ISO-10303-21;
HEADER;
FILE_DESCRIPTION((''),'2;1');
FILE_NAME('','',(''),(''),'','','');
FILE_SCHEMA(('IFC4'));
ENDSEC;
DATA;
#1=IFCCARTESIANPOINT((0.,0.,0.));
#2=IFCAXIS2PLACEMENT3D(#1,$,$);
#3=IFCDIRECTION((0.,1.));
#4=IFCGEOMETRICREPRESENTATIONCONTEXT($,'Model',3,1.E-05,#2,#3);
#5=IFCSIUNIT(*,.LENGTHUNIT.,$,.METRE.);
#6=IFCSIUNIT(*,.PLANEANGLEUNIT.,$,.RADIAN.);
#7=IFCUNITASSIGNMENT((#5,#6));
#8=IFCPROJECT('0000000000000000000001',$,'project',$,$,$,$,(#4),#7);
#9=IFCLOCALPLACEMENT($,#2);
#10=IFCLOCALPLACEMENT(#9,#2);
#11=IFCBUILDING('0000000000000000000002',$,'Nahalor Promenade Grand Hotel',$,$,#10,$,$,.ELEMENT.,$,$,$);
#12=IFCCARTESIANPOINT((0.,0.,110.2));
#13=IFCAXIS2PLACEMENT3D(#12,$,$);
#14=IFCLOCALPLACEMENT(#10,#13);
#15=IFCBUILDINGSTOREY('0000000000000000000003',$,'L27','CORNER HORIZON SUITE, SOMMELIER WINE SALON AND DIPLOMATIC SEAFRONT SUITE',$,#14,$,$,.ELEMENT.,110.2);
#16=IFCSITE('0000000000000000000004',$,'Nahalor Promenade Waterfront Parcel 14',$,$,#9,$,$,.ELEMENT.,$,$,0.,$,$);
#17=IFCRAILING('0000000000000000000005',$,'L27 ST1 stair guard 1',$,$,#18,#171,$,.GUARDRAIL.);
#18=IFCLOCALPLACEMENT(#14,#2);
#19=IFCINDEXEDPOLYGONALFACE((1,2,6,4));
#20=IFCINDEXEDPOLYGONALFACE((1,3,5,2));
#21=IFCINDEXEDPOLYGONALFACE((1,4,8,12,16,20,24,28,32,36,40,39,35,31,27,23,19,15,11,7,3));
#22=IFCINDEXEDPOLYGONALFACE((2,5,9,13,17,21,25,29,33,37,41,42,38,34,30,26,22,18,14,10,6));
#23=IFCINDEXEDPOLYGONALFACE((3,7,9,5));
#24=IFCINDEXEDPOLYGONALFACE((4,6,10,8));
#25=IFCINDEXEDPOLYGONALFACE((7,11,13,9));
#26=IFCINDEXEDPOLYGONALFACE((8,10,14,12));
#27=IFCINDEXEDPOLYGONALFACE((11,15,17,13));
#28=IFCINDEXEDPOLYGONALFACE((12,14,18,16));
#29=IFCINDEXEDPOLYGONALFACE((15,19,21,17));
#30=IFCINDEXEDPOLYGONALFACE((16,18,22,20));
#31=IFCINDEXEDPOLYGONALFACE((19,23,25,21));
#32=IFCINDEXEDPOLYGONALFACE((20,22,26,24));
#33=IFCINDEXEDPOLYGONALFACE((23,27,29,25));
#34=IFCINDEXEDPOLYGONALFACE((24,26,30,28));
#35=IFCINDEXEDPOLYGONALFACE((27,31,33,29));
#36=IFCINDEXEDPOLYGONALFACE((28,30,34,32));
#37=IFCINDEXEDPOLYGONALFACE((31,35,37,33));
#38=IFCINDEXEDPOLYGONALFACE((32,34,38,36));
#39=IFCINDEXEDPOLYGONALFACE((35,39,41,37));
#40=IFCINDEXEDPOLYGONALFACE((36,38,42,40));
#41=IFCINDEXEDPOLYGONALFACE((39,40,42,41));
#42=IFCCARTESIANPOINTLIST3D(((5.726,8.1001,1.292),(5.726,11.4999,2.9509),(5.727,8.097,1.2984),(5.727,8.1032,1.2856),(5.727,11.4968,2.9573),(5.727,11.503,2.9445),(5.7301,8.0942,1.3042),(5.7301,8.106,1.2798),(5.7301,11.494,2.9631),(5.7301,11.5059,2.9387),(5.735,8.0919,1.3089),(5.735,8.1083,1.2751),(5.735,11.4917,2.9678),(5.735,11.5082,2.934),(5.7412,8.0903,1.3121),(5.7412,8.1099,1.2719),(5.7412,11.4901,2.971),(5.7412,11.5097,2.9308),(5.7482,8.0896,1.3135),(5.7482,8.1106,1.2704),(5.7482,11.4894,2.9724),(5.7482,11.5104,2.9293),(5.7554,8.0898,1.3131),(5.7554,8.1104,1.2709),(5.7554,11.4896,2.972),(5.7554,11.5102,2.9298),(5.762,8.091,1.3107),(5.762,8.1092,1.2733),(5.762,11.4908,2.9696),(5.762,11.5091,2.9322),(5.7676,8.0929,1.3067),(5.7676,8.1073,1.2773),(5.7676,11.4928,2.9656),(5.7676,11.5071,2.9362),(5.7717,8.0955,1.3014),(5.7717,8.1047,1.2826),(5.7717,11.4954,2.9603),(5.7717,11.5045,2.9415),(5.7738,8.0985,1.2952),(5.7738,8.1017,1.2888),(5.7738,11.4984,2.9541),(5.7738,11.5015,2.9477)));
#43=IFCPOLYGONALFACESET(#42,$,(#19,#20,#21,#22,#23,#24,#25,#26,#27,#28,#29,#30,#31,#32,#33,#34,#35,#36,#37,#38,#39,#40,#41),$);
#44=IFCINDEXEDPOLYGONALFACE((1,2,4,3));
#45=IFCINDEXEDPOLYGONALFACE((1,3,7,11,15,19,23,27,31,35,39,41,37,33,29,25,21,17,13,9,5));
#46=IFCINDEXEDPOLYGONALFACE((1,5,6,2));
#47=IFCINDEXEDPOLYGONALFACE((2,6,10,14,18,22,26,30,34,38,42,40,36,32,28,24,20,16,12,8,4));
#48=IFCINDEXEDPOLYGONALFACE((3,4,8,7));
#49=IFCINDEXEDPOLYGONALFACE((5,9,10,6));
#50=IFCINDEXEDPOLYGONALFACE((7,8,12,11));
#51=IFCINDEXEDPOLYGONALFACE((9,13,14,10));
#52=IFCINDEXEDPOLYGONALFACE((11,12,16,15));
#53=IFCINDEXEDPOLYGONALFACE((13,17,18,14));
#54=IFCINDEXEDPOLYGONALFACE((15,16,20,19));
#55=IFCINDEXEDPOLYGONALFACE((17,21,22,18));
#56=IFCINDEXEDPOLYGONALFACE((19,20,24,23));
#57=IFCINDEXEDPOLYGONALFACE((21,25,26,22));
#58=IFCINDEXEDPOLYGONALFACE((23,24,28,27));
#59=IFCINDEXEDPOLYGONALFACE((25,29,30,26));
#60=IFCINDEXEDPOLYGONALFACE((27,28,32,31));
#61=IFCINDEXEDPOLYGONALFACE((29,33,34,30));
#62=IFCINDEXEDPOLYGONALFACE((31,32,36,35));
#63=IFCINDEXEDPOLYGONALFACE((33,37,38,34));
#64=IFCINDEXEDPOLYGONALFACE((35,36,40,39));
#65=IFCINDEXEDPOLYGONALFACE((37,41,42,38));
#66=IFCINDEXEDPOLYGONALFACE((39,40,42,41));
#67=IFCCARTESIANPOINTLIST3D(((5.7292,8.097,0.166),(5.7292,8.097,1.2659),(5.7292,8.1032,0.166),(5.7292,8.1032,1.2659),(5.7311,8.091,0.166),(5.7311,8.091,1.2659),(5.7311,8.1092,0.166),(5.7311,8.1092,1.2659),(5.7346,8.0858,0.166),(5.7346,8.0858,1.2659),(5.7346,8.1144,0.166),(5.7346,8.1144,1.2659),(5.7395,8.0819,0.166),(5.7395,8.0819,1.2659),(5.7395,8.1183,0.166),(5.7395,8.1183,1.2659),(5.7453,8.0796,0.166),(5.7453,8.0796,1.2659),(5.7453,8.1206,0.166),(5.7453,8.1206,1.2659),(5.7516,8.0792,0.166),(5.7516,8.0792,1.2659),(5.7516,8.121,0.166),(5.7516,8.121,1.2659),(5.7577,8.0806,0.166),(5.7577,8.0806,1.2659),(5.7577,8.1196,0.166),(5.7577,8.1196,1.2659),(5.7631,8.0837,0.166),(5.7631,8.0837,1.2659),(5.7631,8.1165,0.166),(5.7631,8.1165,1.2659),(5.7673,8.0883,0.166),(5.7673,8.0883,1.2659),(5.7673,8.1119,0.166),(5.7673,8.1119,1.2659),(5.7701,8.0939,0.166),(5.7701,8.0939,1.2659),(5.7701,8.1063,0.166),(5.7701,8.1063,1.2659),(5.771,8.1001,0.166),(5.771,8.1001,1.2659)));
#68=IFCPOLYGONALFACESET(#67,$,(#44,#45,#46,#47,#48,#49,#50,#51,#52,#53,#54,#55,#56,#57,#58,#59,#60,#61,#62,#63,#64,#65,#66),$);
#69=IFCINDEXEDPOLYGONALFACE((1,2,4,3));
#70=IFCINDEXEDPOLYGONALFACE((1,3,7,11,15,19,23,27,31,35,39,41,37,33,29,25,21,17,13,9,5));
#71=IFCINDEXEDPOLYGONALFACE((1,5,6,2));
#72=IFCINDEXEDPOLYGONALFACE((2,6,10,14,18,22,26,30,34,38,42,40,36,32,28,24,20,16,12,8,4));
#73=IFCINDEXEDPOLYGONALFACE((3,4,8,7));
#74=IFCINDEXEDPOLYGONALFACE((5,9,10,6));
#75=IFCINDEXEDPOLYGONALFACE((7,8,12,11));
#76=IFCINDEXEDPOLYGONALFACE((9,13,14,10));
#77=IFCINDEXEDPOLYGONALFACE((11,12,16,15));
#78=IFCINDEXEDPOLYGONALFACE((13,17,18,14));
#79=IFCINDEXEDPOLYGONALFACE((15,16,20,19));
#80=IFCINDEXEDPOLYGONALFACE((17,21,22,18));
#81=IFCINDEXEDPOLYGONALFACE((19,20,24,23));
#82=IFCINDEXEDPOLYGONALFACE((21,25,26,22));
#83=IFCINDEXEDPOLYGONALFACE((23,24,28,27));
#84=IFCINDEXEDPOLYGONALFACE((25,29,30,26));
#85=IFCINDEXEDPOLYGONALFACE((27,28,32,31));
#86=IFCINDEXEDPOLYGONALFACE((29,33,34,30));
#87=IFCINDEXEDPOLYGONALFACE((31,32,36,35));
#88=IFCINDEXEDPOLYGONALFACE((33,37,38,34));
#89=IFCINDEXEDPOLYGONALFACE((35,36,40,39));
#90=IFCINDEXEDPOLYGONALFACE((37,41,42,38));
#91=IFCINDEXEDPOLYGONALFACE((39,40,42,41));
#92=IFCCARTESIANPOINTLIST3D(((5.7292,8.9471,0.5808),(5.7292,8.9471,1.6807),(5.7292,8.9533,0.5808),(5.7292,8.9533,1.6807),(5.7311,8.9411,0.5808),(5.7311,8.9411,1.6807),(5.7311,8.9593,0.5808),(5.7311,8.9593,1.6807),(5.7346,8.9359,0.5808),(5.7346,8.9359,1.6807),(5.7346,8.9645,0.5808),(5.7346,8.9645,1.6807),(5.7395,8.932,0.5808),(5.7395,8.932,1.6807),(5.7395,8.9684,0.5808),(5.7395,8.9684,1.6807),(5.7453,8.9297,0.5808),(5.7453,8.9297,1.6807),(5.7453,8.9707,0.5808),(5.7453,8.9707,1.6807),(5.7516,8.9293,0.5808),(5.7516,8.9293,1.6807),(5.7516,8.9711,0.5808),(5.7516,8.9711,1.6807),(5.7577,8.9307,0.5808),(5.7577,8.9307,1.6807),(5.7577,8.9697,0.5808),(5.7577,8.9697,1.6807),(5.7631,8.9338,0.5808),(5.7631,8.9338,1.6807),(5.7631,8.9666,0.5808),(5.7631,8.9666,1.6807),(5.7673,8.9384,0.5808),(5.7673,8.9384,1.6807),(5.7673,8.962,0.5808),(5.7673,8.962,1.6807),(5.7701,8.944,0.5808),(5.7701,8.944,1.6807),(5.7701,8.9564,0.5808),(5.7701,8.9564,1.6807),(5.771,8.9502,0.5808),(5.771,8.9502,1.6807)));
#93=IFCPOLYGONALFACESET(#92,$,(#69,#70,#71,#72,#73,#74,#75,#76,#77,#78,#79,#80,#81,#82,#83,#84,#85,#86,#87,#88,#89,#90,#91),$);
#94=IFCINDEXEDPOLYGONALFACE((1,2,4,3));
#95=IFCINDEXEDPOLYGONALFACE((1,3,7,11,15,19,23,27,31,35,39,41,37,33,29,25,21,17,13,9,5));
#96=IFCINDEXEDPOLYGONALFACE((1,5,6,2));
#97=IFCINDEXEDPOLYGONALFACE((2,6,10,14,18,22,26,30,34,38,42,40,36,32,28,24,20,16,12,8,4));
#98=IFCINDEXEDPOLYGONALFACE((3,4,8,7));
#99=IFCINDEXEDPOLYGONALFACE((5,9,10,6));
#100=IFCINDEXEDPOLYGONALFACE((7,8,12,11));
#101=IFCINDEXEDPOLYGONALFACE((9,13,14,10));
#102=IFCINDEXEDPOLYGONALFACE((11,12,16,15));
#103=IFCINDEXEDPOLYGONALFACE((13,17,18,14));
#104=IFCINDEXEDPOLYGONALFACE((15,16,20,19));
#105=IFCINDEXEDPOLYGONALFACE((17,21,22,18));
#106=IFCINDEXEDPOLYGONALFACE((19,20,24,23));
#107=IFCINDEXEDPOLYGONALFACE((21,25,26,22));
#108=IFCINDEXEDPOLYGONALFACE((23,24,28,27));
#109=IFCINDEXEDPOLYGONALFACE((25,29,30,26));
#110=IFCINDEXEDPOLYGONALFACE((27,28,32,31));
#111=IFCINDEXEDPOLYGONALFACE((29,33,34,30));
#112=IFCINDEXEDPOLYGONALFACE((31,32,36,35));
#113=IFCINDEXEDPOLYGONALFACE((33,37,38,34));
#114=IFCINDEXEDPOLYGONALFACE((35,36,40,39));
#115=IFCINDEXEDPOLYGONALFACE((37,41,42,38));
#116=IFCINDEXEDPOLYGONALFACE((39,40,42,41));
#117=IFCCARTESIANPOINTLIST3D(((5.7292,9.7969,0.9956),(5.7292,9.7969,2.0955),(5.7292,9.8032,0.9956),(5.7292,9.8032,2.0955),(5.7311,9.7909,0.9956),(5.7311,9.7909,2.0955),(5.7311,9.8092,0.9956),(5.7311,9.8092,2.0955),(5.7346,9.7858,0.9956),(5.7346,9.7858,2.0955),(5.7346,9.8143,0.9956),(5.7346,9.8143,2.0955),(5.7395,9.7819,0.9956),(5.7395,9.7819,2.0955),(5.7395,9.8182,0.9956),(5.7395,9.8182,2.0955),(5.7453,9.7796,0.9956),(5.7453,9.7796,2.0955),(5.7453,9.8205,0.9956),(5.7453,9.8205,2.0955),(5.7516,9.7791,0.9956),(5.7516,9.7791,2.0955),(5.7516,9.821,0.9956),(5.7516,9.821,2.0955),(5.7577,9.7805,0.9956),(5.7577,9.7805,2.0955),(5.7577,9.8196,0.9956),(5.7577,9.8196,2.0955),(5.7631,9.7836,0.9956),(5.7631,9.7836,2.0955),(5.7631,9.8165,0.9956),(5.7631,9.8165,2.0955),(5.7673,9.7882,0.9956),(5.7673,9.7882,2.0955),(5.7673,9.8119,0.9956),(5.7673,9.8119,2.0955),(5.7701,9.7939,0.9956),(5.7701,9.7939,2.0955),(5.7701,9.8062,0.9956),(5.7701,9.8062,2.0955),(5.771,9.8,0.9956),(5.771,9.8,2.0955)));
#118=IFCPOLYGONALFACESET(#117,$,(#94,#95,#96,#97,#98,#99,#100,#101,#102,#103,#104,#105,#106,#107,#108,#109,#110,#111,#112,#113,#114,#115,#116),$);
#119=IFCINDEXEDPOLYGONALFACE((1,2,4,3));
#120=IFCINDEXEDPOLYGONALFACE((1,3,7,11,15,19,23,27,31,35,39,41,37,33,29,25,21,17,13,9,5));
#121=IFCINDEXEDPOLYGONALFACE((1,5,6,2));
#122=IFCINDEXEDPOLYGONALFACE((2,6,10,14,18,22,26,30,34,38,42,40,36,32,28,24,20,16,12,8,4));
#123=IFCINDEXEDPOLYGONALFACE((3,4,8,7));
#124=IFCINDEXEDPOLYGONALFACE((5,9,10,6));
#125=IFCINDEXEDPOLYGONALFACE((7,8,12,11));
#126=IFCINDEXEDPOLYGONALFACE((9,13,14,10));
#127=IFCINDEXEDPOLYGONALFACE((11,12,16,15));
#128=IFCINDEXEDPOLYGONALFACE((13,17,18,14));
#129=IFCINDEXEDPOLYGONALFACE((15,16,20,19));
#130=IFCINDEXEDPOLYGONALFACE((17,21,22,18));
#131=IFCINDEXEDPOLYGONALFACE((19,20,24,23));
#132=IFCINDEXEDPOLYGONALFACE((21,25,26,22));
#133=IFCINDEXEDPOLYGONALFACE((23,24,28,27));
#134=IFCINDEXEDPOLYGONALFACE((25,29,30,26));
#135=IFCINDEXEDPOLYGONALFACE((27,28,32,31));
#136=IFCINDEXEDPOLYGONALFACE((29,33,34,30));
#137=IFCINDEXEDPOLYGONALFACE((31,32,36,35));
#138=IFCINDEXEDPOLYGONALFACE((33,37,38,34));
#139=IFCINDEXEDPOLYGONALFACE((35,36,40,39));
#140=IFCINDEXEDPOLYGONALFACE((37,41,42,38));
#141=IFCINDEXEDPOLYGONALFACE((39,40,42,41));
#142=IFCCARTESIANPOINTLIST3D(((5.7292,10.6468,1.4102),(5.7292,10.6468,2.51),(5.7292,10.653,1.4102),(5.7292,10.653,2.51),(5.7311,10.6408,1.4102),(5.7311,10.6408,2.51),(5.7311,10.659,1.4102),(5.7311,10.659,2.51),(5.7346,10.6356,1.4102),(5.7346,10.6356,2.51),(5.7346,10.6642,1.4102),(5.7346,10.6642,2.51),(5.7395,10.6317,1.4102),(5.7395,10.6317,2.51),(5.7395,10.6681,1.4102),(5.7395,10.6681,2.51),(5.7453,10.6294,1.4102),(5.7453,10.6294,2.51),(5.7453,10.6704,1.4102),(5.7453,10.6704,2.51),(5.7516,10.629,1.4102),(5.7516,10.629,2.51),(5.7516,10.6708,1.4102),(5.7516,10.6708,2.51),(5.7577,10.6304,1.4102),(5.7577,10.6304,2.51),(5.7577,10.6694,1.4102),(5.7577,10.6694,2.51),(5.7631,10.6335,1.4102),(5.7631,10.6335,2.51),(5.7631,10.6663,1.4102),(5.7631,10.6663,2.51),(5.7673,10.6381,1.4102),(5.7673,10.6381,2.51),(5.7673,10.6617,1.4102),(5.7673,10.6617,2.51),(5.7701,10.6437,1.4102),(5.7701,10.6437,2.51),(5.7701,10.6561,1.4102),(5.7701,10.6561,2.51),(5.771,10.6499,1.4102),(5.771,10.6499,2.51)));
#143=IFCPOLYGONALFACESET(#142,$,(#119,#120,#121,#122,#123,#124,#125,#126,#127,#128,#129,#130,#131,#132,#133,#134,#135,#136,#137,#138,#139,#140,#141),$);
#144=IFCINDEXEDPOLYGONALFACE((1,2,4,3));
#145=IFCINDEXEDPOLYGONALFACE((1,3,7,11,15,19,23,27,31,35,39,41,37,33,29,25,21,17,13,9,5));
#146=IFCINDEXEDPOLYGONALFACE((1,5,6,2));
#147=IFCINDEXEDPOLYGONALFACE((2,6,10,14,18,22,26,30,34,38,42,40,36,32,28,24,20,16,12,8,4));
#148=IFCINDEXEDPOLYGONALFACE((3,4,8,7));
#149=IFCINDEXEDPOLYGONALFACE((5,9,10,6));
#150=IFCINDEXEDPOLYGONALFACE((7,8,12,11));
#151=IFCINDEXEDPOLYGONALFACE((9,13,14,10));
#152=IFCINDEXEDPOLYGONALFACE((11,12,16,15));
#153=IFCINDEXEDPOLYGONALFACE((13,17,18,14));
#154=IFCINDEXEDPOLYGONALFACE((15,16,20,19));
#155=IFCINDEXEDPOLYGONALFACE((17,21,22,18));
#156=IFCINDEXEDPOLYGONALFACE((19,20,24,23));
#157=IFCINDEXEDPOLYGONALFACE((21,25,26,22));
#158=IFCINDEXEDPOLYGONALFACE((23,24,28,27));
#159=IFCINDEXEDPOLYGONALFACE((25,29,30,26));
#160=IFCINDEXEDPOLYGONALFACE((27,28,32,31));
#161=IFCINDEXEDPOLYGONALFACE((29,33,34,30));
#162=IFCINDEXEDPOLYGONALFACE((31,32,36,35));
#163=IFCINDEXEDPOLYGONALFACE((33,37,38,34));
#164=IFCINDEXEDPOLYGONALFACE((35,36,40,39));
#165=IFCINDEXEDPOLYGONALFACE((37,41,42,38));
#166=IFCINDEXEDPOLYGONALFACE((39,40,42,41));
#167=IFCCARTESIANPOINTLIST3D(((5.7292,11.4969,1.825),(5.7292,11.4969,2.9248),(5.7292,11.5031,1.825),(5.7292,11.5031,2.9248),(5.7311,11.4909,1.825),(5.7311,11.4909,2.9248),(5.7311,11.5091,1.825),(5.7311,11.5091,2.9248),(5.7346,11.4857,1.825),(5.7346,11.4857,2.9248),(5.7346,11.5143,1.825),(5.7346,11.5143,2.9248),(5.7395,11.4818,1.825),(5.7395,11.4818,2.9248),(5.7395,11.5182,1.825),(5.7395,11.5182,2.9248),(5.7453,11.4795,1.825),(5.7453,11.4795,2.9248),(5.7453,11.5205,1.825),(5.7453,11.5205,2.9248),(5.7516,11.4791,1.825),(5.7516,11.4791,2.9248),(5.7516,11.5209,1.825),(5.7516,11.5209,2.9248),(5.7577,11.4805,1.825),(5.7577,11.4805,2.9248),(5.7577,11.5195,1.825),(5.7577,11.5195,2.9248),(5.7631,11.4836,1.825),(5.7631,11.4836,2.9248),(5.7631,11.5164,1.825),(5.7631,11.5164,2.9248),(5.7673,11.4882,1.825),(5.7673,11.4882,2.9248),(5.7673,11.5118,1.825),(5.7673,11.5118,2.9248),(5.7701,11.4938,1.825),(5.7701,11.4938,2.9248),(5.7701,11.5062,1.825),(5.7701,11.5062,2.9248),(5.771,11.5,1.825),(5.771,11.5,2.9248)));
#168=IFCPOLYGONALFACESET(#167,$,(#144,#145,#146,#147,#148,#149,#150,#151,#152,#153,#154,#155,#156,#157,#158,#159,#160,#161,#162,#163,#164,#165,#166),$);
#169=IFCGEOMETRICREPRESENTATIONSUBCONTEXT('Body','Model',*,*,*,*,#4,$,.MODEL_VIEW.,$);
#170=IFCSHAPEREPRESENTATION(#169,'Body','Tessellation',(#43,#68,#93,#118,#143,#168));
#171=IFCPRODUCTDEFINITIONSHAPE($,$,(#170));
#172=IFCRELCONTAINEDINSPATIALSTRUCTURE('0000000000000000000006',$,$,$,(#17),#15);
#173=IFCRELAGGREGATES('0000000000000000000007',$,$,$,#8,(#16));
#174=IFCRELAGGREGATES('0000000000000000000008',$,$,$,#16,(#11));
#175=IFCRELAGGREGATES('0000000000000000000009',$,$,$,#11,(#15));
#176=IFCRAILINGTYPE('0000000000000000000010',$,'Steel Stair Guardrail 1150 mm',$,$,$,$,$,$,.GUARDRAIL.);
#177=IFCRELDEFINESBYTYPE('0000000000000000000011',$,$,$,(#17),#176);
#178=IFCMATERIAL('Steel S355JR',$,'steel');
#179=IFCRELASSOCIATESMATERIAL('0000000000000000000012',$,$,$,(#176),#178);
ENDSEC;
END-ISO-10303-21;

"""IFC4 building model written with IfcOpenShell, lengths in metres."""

from ifc_helpers import new_model, si_unit, direction, frame, origin, origin_2d, place, context, subcontext, project, spatial, circle, extrude, material, type_object, element, save


model = new_model("IFC4")

# Units and contexts
model_context = context("Model", 3, precision=1e-05, world=origin(), true_north=direction((0.0, 1.0)))
body_context = subcontext(model_context, "Body", "Model", "MODEL_VIEW")
ifc_project = project(units=[si_unit("LENGTHUNIT", "METRE"), si_unit("PLANEANGLEUNIT", "RADIAN")], contexts=[model_context])

# Site, building, storey
site_placement = place(None, origin())
site = spatial("IfcSite", under=ifc_project, at=site_placement, Name="Nahalor Promenade Waterfront Parcel 14", CompositionType="ELEMENT", RefElevation=0.0)
building_placement = place(site_placement, origin())
building = spatial("IfcBuilding", under=site, at=building_placement, Name="Nahalor Promenade Grand Hotel", CompositionType="ELEMENT")
storey_placement = place(building_placement, frame((0.0, 0.0, 110.2)))
storey = spatial("IfcBuildingStorey", under=building, at=storey_placement, Name="L27", Description="CORNER HORIZON SUITE, SOMMELIER WINE SALON AND DIPLOMATIC SEAFRONT SUITE", CompositionType="ELEMENT", Elevation=110.2)

# Shared definitions
ifc_material_1 = material(Name="Steel S355JR", Category="steel")

# Railing
railing_type_1 = type_object("IfcRailingType", Name="Steel Stair Guardrail 1150 mm", PredefinedType="GUARDRAIL", material=ifc_material_1)
railing_1_placement = place(storey_placement, frame((5.75, 8.1001, 0.166)))
element("IfcRailing", 1, at=railing_1_placement, inside=storey, type_object=railing_type_1, Name="L27 ST1 stair guard 1", PredefinedType="GUARDRAIL", context=body_context, shape_type="SweptSolid", body=[
    extrude(circle(Radius=0.024, at=origin_2d()), frame((0.0, 0.0, 1.126), z_axis=(0.0, 0.898722, 0.438519), x_axis=(-1.0, 0.0, 0.0)), (0.0, 0.0, 1.0), 3.783),
    extrude(circle(Radius=0.021, at=origin_2d()), origin(), (0.0, 0.0, 1.0), 1.0999),
    extrude(circle(Radius=0.021, at=origin_2d()), frame((0.0, 0.8501, 0.4148)), (0.0, 0.0, 1.0), 1.0999),
    extrude(circle(Radius=0.021, at=origin_2d()), frame((0.0, 1.7, 0.8296)), (0.0, 0.0, 1.0), 1.0999),
    extrude(circle(Radius=0.021, at=origin_2d()), frame((0.0, 2.5498, 1.2441)), (0.0, 0.0, 1.0), 1.0999),
    extrude(circle(Radius=0.021, at=origin_2d()), frame((0.0, 3.3999, 1.6589)), (0.0, 0.0, 1.0), 1.0999),
])

save(model, "model.ifc")
